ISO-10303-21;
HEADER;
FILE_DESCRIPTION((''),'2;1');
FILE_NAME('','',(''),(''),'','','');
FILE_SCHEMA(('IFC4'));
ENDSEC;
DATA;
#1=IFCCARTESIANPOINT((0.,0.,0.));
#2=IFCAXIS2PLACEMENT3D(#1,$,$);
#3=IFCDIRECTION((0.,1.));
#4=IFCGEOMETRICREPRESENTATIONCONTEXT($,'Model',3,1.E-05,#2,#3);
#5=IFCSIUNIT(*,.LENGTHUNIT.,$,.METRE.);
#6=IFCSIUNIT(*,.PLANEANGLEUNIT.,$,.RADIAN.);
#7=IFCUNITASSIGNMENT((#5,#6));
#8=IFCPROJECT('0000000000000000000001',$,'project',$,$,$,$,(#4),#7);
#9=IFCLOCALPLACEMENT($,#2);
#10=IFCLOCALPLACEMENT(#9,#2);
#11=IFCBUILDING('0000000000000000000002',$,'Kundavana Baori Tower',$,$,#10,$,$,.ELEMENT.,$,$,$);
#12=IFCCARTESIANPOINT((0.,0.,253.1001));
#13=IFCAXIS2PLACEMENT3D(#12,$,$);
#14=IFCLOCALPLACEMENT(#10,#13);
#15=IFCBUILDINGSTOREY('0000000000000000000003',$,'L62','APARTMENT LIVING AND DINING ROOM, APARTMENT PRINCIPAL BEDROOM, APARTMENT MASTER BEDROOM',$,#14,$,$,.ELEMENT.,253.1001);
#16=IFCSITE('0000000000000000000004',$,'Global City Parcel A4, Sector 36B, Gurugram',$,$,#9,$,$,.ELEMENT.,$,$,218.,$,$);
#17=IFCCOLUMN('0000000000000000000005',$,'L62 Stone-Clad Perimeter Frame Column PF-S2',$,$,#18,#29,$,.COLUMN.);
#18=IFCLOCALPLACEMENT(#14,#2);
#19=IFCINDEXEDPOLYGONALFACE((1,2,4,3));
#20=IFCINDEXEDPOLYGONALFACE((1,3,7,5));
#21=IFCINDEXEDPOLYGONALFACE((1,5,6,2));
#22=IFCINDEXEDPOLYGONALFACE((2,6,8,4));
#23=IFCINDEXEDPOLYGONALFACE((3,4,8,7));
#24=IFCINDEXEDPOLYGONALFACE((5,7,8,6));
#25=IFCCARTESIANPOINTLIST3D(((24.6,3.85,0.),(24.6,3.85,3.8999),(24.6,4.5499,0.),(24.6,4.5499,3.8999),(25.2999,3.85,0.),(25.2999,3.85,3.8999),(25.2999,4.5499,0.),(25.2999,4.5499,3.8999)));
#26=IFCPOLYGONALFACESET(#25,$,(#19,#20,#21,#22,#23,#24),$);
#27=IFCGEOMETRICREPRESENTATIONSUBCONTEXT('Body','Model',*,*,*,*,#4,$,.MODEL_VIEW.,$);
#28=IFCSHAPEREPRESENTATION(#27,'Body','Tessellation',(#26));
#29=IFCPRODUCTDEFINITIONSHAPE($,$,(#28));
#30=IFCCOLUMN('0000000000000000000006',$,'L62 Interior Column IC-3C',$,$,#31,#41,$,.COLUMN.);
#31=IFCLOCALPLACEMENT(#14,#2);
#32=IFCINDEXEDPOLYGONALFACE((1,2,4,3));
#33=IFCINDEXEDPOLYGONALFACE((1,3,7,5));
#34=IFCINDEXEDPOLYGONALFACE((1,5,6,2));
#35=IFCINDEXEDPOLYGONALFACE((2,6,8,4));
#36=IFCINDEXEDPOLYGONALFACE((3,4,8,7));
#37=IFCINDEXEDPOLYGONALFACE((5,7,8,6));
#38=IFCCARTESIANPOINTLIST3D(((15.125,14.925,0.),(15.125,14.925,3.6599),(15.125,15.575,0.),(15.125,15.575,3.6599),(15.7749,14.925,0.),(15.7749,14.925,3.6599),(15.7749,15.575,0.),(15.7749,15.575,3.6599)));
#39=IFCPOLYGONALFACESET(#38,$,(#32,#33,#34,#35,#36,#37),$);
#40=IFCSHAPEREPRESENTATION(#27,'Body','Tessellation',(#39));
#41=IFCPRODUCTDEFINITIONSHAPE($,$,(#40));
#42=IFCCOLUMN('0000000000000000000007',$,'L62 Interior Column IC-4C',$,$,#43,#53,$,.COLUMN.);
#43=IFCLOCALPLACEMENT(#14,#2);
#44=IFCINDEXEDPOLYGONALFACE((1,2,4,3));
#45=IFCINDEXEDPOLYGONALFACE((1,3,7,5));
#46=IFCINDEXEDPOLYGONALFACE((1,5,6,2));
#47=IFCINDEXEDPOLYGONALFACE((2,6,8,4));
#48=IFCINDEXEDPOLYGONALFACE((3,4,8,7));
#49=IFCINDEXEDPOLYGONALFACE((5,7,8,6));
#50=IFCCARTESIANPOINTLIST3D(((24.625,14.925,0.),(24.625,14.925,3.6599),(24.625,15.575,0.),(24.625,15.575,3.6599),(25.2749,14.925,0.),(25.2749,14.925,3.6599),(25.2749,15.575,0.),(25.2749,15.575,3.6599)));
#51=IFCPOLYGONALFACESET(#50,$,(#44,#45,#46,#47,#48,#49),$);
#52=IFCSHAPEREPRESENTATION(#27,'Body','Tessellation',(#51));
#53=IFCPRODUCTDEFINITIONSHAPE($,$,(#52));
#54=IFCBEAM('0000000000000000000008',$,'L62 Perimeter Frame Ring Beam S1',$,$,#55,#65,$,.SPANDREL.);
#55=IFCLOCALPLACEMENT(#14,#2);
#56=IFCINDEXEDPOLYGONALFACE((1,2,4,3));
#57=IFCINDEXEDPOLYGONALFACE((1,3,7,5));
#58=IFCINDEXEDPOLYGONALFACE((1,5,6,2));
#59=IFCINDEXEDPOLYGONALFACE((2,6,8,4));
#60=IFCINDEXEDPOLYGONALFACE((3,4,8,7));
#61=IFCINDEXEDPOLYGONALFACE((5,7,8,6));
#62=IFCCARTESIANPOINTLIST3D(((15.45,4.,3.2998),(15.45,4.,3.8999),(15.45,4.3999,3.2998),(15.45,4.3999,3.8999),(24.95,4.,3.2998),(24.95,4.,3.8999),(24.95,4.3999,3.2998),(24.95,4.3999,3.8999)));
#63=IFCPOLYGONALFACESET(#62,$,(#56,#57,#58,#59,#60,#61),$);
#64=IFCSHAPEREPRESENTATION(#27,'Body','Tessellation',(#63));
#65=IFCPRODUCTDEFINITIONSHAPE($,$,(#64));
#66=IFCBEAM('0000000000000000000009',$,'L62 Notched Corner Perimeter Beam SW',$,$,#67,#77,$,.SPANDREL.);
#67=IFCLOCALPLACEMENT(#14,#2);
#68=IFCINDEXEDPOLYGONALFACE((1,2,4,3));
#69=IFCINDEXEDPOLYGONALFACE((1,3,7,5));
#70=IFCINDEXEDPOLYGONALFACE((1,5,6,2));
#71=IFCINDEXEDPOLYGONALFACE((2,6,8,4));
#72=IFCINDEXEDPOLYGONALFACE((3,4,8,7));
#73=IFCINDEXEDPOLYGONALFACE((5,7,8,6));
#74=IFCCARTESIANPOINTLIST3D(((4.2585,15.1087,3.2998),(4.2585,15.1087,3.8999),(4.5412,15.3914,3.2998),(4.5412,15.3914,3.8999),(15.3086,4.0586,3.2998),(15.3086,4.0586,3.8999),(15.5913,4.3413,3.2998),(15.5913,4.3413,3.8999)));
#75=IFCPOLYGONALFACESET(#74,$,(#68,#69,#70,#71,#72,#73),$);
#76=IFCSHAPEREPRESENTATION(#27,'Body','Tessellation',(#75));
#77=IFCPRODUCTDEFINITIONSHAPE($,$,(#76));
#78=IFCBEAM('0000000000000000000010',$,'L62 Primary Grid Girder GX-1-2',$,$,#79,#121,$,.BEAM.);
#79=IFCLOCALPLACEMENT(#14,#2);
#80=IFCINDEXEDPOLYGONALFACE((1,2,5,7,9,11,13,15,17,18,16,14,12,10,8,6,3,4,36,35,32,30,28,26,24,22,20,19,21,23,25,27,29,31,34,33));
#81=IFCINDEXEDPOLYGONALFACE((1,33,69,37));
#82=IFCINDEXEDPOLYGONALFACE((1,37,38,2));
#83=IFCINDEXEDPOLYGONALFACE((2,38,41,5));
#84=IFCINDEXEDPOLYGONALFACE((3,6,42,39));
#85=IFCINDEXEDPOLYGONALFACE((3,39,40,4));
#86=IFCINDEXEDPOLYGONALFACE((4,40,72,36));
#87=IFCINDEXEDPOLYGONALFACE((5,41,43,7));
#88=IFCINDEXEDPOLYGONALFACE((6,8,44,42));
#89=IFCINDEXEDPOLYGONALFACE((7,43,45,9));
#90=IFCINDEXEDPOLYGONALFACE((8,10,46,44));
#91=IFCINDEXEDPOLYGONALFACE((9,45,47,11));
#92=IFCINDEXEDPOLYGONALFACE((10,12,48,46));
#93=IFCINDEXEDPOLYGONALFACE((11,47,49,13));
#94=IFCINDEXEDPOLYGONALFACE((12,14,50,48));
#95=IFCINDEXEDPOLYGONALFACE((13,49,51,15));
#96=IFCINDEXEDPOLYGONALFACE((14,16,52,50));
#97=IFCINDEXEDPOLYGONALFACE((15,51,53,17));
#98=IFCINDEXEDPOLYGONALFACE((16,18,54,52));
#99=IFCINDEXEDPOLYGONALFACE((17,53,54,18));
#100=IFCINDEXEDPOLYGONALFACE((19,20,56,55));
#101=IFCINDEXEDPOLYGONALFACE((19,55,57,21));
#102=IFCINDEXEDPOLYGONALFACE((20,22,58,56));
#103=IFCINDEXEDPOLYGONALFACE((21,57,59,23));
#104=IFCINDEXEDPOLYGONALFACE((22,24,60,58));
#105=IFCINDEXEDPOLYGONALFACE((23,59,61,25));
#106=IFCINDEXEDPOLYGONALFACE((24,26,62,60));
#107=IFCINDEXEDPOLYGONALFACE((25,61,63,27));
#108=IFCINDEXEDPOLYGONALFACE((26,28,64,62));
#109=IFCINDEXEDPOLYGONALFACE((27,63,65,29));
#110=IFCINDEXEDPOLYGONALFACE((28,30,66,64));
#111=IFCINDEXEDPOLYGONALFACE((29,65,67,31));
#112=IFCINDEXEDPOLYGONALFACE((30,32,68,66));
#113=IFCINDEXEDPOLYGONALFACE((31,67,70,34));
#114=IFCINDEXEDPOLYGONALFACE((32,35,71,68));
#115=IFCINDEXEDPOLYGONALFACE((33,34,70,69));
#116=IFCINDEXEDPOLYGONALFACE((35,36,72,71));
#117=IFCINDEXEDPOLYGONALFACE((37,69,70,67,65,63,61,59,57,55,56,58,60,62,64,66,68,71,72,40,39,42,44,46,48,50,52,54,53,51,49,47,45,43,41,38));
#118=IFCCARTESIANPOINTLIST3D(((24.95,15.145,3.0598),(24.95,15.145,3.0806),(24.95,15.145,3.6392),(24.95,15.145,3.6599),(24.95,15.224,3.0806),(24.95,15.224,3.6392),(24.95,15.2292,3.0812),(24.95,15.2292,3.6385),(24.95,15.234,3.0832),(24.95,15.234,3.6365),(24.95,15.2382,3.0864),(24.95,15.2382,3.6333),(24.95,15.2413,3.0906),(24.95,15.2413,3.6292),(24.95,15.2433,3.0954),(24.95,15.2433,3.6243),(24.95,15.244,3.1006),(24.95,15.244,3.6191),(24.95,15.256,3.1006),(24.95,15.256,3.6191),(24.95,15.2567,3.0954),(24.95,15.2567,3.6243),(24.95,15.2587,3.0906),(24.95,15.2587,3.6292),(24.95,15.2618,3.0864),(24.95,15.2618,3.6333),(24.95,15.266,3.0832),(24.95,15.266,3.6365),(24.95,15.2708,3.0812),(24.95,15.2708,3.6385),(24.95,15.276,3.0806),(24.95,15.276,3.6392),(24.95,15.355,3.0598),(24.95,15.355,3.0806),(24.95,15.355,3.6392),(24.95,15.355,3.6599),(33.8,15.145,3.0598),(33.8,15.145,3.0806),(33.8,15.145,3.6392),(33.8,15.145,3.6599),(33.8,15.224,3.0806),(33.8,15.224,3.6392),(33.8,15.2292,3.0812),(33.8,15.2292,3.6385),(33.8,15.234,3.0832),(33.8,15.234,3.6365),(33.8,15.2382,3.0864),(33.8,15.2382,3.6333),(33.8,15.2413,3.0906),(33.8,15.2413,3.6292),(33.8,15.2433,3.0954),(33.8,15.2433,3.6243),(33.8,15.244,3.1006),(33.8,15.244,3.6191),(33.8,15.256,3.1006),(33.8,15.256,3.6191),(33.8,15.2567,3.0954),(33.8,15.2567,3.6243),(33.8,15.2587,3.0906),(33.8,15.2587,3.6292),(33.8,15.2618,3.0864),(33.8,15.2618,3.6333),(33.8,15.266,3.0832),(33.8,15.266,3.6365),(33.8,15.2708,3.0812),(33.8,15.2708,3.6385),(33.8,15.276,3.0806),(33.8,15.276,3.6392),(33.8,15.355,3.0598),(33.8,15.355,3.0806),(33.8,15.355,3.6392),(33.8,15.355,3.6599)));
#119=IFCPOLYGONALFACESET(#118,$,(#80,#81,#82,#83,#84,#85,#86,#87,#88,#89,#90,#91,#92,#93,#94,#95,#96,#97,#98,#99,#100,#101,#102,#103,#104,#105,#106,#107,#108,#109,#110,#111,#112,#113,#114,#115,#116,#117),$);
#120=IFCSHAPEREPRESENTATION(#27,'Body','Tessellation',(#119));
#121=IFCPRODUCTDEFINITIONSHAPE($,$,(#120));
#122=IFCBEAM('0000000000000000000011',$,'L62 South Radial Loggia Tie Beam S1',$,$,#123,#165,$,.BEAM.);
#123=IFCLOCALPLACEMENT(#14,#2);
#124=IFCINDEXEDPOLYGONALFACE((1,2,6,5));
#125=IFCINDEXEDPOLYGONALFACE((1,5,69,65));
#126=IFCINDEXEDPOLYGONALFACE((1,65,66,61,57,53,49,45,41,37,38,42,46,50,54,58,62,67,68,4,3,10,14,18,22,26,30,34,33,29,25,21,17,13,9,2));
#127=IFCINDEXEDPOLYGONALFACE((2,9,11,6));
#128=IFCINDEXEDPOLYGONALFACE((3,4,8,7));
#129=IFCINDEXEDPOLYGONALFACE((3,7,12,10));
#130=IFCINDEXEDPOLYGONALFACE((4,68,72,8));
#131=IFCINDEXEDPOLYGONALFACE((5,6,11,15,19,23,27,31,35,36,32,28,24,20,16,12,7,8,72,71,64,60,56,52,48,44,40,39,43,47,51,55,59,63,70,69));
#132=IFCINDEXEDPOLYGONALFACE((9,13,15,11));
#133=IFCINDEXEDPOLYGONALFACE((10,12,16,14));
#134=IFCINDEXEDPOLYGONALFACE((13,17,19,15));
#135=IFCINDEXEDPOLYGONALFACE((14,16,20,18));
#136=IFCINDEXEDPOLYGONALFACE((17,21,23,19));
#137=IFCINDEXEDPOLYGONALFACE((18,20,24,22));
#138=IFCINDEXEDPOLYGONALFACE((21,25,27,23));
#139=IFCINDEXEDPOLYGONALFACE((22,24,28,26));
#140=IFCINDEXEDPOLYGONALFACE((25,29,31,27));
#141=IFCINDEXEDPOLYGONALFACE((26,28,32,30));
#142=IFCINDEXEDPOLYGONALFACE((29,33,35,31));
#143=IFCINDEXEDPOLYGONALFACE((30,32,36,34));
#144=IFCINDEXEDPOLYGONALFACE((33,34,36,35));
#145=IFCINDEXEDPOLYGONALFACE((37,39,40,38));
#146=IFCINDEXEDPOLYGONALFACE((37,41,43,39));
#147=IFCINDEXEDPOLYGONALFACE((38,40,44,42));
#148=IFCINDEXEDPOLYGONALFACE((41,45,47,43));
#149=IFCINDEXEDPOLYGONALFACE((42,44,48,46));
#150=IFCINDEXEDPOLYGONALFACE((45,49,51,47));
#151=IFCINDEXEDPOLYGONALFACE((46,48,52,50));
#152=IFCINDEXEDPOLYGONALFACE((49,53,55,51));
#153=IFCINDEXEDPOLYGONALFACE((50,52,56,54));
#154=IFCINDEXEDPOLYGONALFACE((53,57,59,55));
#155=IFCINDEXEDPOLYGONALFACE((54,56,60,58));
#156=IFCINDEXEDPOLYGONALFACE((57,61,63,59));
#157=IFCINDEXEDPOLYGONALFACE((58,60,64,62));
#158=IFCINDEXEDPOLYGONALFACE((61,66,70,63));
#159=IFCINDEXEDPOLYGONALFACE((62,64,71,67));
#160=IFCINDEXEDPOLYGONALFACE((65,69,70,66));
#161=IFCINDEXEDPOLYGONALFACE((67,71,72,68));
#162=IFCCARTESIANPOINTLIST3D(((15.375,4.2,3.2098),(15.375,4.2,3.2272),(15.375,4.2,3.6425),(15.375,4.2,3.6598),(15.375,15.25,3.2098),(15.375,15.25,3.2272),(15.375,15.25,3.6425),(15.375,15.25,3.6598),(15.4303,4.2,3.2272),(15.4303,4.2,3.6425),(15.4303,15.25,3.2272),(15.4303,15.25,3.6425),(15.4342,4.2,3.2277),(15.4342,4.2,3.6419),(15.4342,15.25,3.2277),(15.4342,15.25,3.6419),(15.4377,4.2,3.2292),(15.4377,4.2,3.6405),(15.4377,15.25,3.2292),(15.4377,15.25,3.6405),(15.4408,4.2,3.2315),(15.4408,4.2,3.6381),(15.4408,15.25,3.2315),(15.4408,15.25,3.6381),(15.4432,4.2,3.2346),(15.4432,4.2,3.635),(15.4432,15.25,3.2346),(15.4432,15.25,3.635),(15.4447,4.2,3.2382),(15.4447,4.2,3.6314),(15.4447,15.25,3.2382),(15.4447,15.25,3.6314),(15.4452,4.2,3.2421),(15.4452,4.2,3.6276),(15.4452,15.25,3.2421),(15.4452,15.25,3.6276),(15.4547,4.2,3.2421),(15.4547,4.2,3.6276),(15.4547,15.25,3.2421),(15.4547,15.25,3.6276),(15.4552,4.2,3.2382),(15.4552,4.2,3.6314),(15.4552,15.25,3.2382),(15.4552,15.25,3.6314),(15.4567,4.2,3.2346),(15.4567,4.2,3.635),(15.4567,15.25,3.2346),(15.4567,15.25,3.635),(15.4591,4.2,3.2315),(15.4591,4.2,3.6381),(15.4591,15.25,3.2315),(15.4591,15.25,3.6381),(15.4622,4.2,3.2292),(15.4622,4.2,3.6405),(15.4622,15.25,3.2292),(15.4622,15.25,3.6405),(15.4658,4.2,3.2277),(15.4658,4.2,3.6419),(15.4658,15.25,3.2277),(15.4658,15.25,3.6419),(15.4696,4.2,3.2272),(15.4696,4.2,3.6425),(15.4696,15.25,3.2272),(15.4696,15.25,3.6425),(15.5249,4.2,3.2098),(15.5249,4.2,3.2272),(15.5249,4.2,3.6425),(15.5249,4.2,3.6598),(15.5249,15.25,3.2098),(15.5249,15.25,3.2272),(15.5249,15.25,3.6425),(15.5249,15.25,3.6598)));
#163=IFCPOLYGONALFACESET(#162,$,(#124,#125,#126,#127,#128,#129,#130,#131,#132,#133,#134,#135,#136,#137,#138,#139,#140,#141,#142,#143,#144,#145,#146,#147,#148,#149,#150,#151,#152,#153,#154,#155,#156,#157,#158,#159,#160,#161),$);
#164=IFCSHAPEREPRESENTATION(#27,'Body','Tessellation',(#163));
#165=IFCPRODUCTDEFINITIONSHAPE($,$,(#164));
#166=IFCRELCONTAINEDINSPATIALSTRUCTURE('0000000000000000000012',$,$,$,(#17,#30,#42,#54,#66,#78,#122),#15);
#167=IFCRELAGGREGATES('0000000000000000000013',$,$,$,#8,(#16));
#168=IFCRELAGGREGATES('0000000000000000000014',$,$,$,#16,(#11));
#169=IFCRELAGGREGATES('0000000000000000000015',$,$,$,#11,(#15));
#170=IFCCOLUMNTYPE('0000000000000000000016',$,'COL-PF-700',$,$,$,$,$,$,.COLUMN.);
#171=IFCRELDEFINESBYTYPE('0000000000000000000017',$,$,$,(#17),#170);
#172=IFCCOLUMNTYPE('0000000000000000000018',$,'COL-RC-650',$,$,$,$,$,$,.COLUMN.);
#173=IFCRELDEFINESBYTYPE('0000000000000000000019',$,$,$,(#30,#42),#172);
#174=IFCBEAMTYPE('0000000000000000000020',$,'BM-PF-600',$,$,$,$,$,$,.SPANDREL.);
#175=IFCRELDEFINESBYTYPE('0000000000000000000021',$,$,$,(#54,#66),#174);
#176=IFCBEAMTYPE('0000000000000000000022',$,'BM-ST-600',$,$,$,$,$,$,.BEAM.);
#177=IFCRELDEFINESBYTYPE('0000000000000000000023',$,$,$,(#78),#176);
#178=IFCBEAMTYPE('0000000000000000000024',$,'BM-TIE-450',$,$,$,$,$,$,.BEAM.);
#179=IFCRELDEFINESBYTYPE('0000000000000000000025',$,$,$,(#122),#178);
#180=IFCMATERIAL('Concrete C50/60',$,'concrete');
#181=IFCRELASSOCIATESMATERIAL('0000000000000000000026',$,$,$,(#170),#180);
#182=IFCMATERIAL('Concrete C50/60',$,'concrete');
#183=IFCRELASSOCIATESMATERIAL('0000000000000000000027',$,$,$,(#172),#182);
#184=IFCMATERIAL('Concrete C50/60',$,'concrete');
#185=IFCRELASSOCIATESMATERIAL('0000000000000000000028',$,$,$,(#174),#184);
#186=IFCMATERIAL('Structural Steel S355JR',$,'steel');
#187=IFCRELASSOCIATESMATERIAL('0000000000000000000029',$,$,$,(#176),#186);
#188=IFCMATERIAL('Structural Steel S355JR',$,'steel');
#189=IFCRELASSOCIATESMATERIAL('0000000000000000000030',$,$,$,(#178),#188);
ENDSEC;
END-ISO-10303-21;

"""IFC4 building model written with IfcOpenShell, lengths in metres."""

from ifc_helpers import new_model, si_unit, direction, frame, origin, origin_2d, place, context, subcontext, project, spatial, rectangle, i_section, extrude, material, material_profile, profile_set, type_object, element, save


model = new_model("IFC4")

# Units and contexts
model_context = context("Model", 3, precision=1e-05, world=origin(), true_north=direction((0.0, 1.0)))
body_context = subcontext(model_context, "Body", "Model", "MODEL_VIEW")
ifc_project = project(units=[si_unit("LENGTHUNIT", "METRE"), si_unit("PLANEANGLEUNIT", "RADIAN")], contexts=[model_context])

# Site, building, storey
site_placement = place(None, origin())
site = spatial("IfcSite", under=ifc_project, at=site_placement, Name="Global City Parcel A4, Sector 36B, Gurugram", CompositionType="ELEMENT", RefElevation=218.0)
building_placement = place(site_placement, origin())
building = spatial("IfcBuilding", under=site, at=building_placement, Name="Kundavana Baori Tower", CompositionType="ELEMENT")
storey_placement = place(building_placement, frame((0.0, 0.0, 253.1001)))
storey = spatial("IfcBuildingStorey", under=building, at=storey_placement, Name="L62", Description="APARTMENT LIVING AND DINING ROOM, APARTMENT PRINCIPAL BEDROOM, APARTMENT MASTER BEDROOM", CompositionType="ELEMENT", Elevation=253.1001)

# Columns
ifc_material_1 = material(Name="Concrete C50/60", Category="concrete")
ifc_material_profile_1 = material_profile(ifc_material_1, rectangle(XDim=0.7, YDim=0.7, at=origin_2d()), Name="RC PF 700x700")
ifc_profile_set_1 = profile_set([ifc_material_profile_1], Name="Concrete C50/60")
column_type_1 = type_object("IfcColumnType", Name="COL-PF-700", PredefinedType="COLUMN", material=ifc_profile_set_1)
column_placement = place(storey_placement, frame((24.95, 4.2, 0.0), z_axis=(0.0, 0.0, 1.0), x_axis=(1.0, 0.0, 0.0)))
element("IfcColumn", 1, at=column_placement, inside=storey, type_object=column_type_1, Name="L62 Stone-Clad Perimeter Frame Column PF-S2", PredefinedType="COLUMN", context=body_context, shape_type="SweptSolid", body=[
    extrude(rectangle(XDim=0.7, YDim=0.7, at=origin_2d()), origin(), (0.0, 0.0, 1.0), 3.8999),
])
ifc_material_2 = material(Name="Concrete C50/60", Category="concrete")
ifc_material_profile_2 = material_profile(ifc_material_2, rectangle(XDim=0.6499, YDim=0.6499, at=origin_2d()), Name="RC 650x650")
ifc_profile_set_2 = profile_set([ifc_material_profile_2], Name="Concrete C50/60")
column_type_2 = type_object("IfcColumnType", Name="COL-RC-650", PredefinedType="COLUMN", material=ifc_profile_set_2)
for number, where, z_axis, x_axis, name in (
    (2, (15.45, 15.25, 0.0), (0.0, 0.0, 1.0), (1.0, 0.0, 0.0), "L62 Interior Column IC-3C"),
    (3, (24.95, 15.25, 0.0), (0.0, 0.0, 1.0), (1.0, 0.0, 0.0), "L62 Interior Column IC-4C"),
):
    element("IfcColumn", number, at=place(storey_placement, frame(where, z_axis=z_axis, x_axis=x_axis)), inside=storey, type_object=column_type_2, Name=name, PredefinedType="COLUMN", context=body_context, shape_type="SweptSolid", body=[
        extrude(rectangle(XDim=0.6499, YDim=0.6499, at=origin_2d()), origin(), (0.0, 0.0, 1.0), 3.6599),
    ])

# Beams
ifc_material_3 = material(Name="Concrete C50/60", Category="concrete")
ifc_material_profile_3 = material_profile(ifc_material_3, rectangle(XDim=0.3999, YDim=0.6001, at=origin_2d()), Name="RC BM 400x600")
ifc_profile_set_3 = profile_set([ifc_material_profile_3], Name="Concrete C50/60")
beam_type_1 = type_object("IfcBeamType", Name="BM-PF-600", PredefinedType="SPANDREL", material=ifc_profile_set_3)
beam_1_placement = place(storey_placement, frame((15.45, 4.2, 3.5999), z_axis=(1.0, 0.0, 0.0), x_axis=(0.0, 1.0, 0.0)))
element("IfcBeam", 4, at=beam_1_placement, inside=storey, type_object=beam_type_1, Name="L62 Perimeter Frame Ring Beam S1", PredefinedType="SPANDREL", context=body_context, shape_type="SweptSolid", body=[
    extrude(rectangle(XDim=0.3999, YDim=0.6001, at=origin_2d()), origin(), (0.0, 0.0, 1.0), 9.5),
])
beam_2_placement = place(storey_placement, frame((15.45, 4.2, 3.5999), z_axis=(-0.707107, 0.707107, 0.0), x_axis=(-0.707107, -0.707107, 0.0)))
element("IfcBeam", 5, at=beam_2_placement, inside=storey, type_object=beam_type_1, Name="L62 Notched Corner Perimeter Beam SW", PredefinedType="SPANDREL", context=body_context, shape_type="SweptSolid", body=[
    extrude(rectangle(XDim=0.3999, YDim=0.6001, at=origin_2d()), origin(), (0.0, 0.0, 1.0), 15.6272),
])
ifc_material_4 = material(Name="Structural Steel S355JR", Category="steel")
ifc_material_profile_4 = material_profile(ifc_material_4, i_section(OverallWidth=0.21, OverallDepth=0.6001, WebThickness=0.012, FlangeThickness=0.0208, FilletRadius=0.02, at=origin_2d()), Name="ISMB 600")
ifc_profile_set_4 = profile_set([ifc_material_profile_4], Name="Structural Steel S355JR")
beam_type_2 = type_object("IfcBeamType", Name="BM-ST-600", PredefinedType="BEAM", material=ifc_profile_set_4)
beam_3_placement = place(storey_placement, frame((24.95, 15.25, 3.3599), z_axis=(1.0, 0.0, 0.0), x_axis=(0.0, 1.0, 0.0)))
element("IfcBeam", 6, at=beam_3_placement, inside=storey, type_object=beam_type_2, Name="L62 Primary Grid Girder GX-1-2", PredefinedType="BEAM", context=body_context, shape_type="SweptSolid", body=[
    extrude(i_section(OverallWidth=0.21, OverallDepth=0.6001, WebThickness=0.012, FlangeThickness=0.0208, FilletRadius=0.02, at=origin_2d()), origin(), (0.0, 0.0, 1.0), 8.8501),
])
ifc_material_5 = material(Name="Structural Steel S355JR", Category="steel")
ifc_material_profile_5 = material_profile(ifc_material_5, i_section(OverallWidth=0.1499, OverallDepth=0.45, WebThickness=0.0095, FlangeThickness=0.0173, FilletRadius=0.0149, at=origin_2d()), Name="ISMB 450")
ifc_profile_set_5 = profile_set([ifc_material_profile_5], Name="Structural Steel S355JR")
beam_type_3 = type_object("IfcBeamType", Name="BM-TIE-450", PredefinedType="BEAM", material=ifc_profile_set_5)
for number, where, z_axis, x_axis, name in (
    (7, (15.45, 15.25, 3.4348), (0.0, -1.0, 0.0), (1.0, 0.0, 0.0), "L62 South Radial Loggia Tie Beam S1"),
):
    element("IfcBeam", number, at=place(storey_placement, frame(where, z_axis=z_axis, x_axis=x_axis)), inside=storey, type_object=beam_type_3, Name=name, PredefinedType="BEAM", context=body_context, shape_type="SweptSolid", body=[
        extrude(i_section(OverallWidth=0.1499, OverallDepth=0.45, WebThickness=0.0095, FlangeThickness=0.0173, FilletRadius=0.0149, at=origin_2d()), origin(), (0.0, 0.0, 1.0), 11.05),
    ])

save(model, "model.ifc")
